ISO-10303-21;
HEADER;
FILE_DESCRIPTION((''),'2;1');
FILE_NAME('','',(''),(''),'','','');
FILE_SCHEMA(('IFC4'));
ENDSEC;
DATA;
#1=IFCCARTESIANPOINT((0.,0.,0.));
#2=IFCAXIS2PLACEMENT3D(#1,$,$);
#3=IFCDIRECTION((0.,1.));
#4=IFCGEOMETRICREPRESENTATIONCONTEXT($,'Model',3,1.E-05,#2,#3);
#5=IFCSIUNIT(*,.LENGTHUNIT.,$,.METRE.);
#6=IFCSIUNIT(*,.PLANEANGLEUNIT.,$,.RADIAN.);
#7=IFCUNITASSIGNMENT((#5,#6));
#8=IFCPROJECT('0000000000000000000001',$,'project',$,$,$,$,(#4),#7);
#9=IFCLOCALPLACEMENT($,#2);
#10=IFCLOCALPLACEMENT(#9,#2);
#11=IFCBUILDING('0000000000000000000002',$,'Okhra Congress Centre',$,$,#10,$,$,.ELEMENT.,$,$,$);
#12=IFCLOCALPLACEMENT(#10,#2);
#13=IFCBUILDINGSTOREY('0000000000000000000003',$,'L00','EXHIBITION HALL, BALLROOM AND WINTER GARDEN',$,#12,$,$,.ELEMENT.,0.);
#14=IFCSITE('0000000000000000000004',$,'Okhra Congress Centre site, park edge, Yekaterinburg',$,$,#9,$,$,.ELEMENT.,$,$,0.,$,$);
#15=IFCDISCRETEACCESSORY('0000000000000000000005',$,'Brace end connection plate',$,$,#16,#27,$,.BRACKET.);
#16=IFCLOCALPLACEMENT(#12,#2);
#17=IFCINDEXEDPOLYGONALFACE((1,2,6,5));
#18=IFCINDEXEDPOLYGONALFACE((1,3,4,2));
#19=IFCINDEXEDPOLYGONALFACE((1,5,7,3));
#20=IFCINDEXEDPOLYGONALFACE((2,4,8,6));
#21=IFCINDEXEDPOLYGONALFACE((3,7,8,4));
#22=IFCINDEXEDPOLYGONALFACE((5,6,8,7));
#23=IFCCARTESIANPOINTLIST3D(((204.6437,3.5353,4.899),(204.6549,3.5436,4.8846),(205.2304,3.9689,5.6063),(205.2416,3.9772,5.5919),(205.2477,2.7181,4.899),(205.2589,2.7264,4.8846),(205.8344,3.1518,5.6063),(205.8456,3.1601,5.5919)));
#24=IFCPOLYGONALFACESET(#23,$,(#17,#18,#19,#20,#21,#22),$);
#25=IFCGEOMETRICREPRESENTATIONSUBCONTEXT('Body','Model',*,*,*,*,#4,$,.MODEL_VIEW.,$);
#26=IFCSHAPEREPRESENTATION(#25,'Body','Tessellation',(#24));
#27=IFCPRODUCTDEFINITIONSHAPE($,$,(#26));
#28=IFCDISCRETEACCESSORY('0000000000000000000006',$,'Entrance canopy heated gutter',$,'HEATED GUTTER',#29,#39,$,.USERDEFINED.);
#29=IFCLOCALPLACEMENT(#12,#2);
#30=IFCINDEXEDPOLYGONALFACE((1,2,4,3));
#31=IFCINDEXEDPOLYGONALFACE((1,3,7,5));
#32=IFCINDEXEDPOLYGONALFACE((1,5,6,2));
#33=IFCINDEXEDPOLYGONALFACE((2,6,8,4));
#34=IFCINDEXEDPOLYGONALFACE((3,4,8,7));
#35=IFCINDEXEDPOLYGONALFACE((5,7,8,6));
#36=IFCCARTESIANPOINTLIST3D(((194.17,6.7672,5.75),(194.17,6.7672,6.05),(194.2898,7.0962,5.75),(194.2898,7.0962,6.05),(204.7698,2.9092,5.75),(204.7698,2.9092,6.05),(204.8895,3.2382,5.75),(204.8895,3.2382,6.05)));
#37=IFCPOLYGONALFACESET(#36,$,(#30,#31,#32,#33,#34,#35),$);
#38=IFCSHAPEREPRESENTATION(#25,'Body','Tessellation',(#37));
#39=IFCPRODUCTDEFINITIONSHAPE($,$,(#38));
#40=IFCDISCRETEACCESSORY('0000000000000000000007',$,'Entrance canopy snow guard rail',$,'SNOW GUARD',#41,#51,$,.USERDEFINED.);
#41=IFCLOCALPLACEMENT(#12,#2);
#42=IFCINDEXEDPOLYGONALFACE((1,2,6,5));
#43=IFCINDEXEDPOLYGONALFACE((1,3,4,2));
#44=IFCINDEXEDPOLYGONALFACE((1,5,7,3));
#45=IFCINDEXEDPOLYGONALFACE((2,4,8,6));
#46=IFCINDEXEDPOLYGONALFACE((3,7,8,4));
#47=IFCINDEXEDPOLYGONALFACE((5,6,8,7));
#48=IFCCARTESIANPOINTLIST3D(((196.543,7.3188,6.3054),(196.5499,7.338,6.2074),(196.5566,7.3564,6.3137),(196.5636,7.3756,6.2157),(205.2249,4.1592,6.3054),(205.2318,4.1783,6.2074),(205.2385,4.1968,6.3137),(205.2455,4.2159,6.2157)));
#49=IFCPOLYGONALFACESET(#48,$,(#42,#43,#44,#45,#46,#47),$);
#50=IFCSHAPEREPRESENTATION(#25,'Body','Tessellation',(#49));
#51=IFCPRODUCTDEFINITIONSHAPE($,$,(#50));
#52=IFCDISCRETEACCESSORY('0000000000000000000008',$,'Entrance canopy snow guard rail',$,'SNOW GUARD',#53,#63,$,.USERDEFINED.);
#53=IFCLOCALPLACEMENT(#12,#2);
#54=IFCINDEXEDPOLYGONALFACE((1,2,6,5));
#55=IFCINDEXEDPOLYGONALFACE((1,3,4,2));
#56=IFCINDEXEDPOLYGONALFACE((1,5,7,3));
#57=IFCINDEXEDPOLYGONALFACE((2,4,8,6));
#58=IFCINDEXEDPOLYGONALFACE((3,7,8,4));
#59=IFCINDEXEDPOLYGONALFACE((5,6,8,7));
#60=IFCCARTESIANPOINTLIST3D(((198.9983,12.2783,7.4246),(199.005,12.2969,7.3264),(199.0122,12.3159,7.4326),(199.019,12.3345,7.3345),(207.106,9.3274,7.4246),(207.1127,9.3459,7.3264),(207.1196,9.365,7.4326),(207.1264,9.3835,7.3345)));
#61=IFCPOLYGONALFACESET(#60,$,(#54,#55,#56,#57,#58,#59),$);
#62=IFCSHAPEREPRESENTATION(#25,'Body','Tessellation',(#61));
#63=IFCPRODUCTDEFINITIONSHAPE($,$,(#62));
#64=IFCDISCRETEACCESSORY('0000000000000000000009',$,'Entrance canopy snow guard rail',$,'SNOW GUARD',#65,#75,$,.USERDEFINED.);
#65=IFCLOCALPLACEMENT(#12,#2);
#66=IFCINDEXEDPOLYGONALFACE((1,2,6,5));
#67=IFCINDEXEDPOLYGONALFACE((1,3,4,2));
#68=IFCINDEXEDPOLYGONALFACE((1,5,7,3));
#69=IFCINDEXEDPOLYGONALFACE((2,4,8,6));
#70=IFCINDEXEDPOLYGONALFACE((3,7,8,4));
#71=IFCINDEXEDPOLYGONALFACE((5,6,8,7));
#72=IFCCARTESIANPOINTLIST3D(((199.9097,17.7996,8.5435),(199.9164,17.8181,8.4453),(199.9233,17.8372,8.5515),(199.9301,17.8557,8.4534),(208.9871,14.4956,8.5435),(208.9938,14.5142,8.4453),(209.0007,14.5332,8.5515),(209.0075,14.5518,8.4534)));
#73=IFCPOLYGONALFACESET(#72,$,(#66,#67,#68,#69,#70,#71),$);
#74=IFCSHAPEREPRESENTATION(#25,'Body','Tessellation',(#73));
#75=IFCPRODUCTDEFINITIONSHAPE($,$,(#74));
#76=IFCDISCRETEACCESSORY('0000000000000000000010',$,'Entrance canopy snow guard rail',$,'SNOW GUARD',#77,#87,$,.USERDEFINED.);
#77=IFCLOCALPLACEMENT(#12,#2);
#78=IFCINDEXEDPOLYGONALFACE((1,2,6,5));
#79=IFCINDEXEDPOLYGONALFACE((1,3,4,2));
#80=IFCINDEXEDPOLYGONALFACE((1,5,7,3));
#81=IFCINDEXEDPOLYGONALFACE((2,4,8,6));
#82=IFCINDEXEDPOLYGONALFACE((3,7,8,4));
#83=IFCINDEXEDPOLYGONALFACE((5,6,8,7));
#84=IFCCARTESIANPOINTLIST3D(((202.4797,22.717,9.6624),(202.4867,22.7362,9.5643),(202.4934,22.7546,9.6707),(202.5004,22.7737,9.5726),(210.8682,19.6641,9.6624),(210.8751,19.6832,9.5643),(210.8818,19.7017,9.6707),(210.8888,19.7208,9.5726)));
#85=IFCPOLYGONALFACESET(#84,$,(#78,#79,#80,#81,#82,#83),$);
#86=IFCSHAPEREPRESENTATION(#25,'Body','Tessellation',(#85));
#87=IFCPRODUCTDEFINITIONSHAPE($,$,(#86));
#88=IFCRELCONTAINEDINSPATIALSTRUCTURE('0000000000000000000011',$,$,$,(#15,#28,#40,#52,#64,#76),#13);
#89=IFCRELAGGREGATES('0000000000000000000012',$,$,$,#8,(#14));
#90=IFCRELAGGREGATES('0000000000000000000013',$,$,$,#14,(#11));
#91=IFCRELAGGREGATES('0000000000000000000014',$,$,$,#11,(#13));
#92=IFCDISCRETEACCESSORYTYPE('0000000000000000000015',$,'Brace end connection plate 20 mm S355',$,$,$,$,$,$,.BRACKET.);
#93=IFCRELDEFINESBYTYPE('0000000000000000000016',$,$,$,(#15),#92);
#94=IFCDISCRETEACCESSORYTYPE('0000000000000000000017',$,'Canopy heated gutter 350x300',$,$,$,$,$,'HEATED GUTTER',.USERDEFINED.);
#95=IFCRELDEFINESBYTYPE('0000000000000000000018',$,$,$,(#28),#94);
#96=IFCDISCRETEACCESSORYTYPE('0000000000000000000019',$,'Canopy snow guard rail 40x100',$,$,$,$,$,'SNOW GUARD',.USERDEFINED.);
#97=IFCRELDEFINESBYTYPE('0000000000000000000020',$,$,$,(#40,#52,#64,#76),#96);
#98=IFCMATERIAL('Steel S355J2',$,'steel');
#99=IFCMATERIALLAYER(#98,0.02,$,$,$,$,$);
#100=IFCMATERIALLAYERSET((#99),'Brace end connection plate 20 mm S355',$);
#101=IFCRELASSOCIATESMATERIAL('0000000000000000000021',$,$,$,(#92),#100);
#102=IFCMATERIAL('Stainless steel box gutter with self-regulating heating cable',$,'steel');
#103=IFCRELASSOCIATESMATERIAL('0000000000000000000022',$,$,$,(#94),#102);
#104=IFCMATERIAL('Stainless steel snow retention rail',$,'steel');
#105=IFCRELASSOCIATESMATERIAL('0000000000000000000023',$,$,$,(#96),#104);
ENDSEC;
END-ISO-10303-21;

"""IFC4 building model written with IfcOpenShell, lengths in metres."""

from ifc_helpers import new_model, si_unit, direction, frame, origin, origin_2d, place, context, subcontext, project, spatial, polyline, rectangle, outline, extrude, material, layer, layer_set, type_object, element, save


model = new_model("IFC4")

# Units and contexts
model_context = context("Model", 3, precision=1e-05, world=origin(), true_north=direction((0.0, 1.0)))
body_context = subcontext(model_context, "Body", "Model", "MODEL_VIEW")
ifc_project = project(units=[si_unit("LENGTHUNIT", "METRE"), si_unit("PLANEANGLEUNIT", "RADIAN")], contexts=[model_context])

# Site, building, storey
site_placement = place(None, origin())
site = spatial("IfcSite", under=ifc_project, at=site_placement, Name="Okhra Congress Centre site, park edge, Yekaterinburg", CompositionType="ELEMENT", RefElevation=0.0)
building_placement = place(site_placement, origin())
building = spatial("IfcBuilding", under=site, at=building_placement, Name="Okhra Congress Centre", CompositionType="ELEMENT")
storey_placement = place(building_placement, origin())
storey = spatial("IfcBuildingStorey", under=building, at=storey_placement, Name="L00", Description="EXHIBITION HALL, BALLROOM AND WINTER GARDEN", CompositionType="ELEMENT", Elevation=0.0)

# Discrete accessories
ifc_material_1 = material(Name="Steel S355J2", Category="steel")
ifc_layer = layer(ifc_material_1, 0.02)
ifc_layer_set = layer_set([ifc_layer], Name="Brace end connection plate 20 mm S355")
discrete_accessory_type_1 = type_object("IfcDiscreteAccessoryType", Name="Brace end connection plate 20 mm S355", PredefinedType="BRACKET", material=ifc_layer_set)
for number, where, z_axis, x_axis, name in (
    (1, (205.2502, 3.3518, 5.2383), (-0.55977, -0.413743, 0.717966), (0.594391, -0.804176, 0.0), "Brace end connection plate"),
):
    element("IfcDiscreteAccessory", number, at=place(storey_placement, frame(where, z_axis=z_axis, x_axis=x_axis)), inside=storey, type_object=discrete_accessory_type_1, Name=name, PredefinedType="BRACKET", context=body_context, shape_type="SweptSolid", body=[
        extrude(rectangle(XDim=1.0161, YDim=1.0161, at=origin_2d()), origin(), (0.0, 0.0, 1.0), 0.02),
    ])
ifc_material_2 = material(Name="Stainless steel box gutter with self-regulating heating cable", Category="steel")
discrete_accessory_type_2 = type_object("IfcDiscreteAccessoryType", Name="Canopy heated gutter 350x300", ElementType="HEATED GUTTER", PredefinedType="USERDEFINED", material=ifc_material_2)
discrete_accessory_1_placement = place(storey_placement, frame((199.5298, 5.0027, 5.75), z_axis=(0.0, 0.0, 1.0), x_axis=(0.939693, -0.34202, 0.0)))
element("IfcDiscreteAccessory", 2, at=discrete_accessory_1_placement, inside=storey, type_object=discrete_accessory_type_2, Name="Entrance canopy heated gutter", ObjectType="HEATED GUTTER", PredefinedType="USERDEFINED", context=body_context, shape_type="SweptSolid", body=[
    extrude(rectangle(XDim=11.28, YDim=0.3501, at=origin_2d()), origin(), (0.0, 0.0, 1.0), 0.3),
])
ifc_material_3 = material(Name="Stainless steel snow retention rail", Category="steel")
discrete_accessory_type_3 = type_object("IfcDiscreteAccessoryType", Name="Canopy snow guard rail 40x100", ElementType="SNOW GUARD", PredefinedType="USERDEFINED", material=ifc_material_3)
discrete_accessory_2_placement = place(storey_placement, frame((196.543, 7.3188, 6.3054), z_axis=(-0.069479, -0.19091, 0.979146), x_axis=(0.939702, -0.341993, 0.0)))
element("IfcDiscreteAccessory", 3, at=discrete_accessory_2_placement, inside=storey, type_object=discrete_accessory_type_3, Name="Entrance canopy snow guard rail", ObjectType="SNOW GUARD", PredefinedType="USERDEFINED", context=body_context, shape_type="SweptSolid", body=[
    extrude(outline(polyline([(0.0, 0.0), (9.239, 0.0), (9.239, 0.0409), (0.0, 0.0409), (0.0, 0.0)])), origin(), (0.0, 0.0, -1.0), 0.1001),
])
discrete_accessory_3_placement = place(storey_placement, frame((198.9983, 12.2783, 7.4246), z_axis=(-0.067455, -0.185329, 0.980359), x_axis=(0.939693, -0.342018, 0.000001)))
element("IfcDiscreteAccessory", 4, at=discrete_accessory_3_placement, inside=storey, type_object=discrete_accessory_type_3, Name="Entrance canopy snow guard rail", ObjectType="SNOW GUARD", PredefinedType="USERDEFINED", context=body_context, shape_type="SweptSolid", body=[
    extrude(outline(polyline([(0.0, 0.0), (8.628, 0.0), (8.628, 0.0408), (0.0002, 0.0409), (0.0, 0.0)])), origin(), (0.0, 0.0, -1.0), 0.1001),
])
discrete_accessory_4_placement = place(storey_placement, frame((199.9097, 17.7996, 8.5435), z_axis=(-0.067523, -0.185515, 0.980319), x_axis=(0.939691, -0.342025, 0.0)))
element("IfcDiscreteAccessory", 5, at=discrete_accessory_4_placement, inside=storey, type_object=discrete_accessory_type_3, Name="Entrance canopy snow guard rail", ObjectType="SNOW GUARD", PredefinedType="USERDEFINED", context=body_context, shape_type="SweptSolid", body=[
    extrude(outline(polyline([(0.0, 0.0), (9.66, 0.0), (9.66, 0.0408), (0.0, 0.0408), (0.0, 0.0)])), origin(), (0.0, 0.0, -1.0), 0.1001),
])
discrete_accessory_5_placement = place(storey_placement, frame((202.4797, 22.717, 9.6624), z_axis=(-0.069482, -0.190909, 0.979146), x_axis=(0.939698, -0.342004, 0.0)))
element("IfcDiscreteAccessory", 6, at=discrete_accessory_5_placement, inside=storey, type_object=discrete_accessory_type_3, Name="Entrance canopy snow guard rail", ObjectType="SNOW GUARD", PredefinedType="USERDEFINED", context=body_context, shape_type="SweptSolid", body=[
    extrude(outline(polyline([(0.0, 0.0), (8.9267, 0.0), (8.9267, 0.0409), (0.0, 0.0409), (0.0, 0.0)])), origin(), (0.0, 0.0, -1.0), 0.1001),
])

save(model, "model.ifc")
